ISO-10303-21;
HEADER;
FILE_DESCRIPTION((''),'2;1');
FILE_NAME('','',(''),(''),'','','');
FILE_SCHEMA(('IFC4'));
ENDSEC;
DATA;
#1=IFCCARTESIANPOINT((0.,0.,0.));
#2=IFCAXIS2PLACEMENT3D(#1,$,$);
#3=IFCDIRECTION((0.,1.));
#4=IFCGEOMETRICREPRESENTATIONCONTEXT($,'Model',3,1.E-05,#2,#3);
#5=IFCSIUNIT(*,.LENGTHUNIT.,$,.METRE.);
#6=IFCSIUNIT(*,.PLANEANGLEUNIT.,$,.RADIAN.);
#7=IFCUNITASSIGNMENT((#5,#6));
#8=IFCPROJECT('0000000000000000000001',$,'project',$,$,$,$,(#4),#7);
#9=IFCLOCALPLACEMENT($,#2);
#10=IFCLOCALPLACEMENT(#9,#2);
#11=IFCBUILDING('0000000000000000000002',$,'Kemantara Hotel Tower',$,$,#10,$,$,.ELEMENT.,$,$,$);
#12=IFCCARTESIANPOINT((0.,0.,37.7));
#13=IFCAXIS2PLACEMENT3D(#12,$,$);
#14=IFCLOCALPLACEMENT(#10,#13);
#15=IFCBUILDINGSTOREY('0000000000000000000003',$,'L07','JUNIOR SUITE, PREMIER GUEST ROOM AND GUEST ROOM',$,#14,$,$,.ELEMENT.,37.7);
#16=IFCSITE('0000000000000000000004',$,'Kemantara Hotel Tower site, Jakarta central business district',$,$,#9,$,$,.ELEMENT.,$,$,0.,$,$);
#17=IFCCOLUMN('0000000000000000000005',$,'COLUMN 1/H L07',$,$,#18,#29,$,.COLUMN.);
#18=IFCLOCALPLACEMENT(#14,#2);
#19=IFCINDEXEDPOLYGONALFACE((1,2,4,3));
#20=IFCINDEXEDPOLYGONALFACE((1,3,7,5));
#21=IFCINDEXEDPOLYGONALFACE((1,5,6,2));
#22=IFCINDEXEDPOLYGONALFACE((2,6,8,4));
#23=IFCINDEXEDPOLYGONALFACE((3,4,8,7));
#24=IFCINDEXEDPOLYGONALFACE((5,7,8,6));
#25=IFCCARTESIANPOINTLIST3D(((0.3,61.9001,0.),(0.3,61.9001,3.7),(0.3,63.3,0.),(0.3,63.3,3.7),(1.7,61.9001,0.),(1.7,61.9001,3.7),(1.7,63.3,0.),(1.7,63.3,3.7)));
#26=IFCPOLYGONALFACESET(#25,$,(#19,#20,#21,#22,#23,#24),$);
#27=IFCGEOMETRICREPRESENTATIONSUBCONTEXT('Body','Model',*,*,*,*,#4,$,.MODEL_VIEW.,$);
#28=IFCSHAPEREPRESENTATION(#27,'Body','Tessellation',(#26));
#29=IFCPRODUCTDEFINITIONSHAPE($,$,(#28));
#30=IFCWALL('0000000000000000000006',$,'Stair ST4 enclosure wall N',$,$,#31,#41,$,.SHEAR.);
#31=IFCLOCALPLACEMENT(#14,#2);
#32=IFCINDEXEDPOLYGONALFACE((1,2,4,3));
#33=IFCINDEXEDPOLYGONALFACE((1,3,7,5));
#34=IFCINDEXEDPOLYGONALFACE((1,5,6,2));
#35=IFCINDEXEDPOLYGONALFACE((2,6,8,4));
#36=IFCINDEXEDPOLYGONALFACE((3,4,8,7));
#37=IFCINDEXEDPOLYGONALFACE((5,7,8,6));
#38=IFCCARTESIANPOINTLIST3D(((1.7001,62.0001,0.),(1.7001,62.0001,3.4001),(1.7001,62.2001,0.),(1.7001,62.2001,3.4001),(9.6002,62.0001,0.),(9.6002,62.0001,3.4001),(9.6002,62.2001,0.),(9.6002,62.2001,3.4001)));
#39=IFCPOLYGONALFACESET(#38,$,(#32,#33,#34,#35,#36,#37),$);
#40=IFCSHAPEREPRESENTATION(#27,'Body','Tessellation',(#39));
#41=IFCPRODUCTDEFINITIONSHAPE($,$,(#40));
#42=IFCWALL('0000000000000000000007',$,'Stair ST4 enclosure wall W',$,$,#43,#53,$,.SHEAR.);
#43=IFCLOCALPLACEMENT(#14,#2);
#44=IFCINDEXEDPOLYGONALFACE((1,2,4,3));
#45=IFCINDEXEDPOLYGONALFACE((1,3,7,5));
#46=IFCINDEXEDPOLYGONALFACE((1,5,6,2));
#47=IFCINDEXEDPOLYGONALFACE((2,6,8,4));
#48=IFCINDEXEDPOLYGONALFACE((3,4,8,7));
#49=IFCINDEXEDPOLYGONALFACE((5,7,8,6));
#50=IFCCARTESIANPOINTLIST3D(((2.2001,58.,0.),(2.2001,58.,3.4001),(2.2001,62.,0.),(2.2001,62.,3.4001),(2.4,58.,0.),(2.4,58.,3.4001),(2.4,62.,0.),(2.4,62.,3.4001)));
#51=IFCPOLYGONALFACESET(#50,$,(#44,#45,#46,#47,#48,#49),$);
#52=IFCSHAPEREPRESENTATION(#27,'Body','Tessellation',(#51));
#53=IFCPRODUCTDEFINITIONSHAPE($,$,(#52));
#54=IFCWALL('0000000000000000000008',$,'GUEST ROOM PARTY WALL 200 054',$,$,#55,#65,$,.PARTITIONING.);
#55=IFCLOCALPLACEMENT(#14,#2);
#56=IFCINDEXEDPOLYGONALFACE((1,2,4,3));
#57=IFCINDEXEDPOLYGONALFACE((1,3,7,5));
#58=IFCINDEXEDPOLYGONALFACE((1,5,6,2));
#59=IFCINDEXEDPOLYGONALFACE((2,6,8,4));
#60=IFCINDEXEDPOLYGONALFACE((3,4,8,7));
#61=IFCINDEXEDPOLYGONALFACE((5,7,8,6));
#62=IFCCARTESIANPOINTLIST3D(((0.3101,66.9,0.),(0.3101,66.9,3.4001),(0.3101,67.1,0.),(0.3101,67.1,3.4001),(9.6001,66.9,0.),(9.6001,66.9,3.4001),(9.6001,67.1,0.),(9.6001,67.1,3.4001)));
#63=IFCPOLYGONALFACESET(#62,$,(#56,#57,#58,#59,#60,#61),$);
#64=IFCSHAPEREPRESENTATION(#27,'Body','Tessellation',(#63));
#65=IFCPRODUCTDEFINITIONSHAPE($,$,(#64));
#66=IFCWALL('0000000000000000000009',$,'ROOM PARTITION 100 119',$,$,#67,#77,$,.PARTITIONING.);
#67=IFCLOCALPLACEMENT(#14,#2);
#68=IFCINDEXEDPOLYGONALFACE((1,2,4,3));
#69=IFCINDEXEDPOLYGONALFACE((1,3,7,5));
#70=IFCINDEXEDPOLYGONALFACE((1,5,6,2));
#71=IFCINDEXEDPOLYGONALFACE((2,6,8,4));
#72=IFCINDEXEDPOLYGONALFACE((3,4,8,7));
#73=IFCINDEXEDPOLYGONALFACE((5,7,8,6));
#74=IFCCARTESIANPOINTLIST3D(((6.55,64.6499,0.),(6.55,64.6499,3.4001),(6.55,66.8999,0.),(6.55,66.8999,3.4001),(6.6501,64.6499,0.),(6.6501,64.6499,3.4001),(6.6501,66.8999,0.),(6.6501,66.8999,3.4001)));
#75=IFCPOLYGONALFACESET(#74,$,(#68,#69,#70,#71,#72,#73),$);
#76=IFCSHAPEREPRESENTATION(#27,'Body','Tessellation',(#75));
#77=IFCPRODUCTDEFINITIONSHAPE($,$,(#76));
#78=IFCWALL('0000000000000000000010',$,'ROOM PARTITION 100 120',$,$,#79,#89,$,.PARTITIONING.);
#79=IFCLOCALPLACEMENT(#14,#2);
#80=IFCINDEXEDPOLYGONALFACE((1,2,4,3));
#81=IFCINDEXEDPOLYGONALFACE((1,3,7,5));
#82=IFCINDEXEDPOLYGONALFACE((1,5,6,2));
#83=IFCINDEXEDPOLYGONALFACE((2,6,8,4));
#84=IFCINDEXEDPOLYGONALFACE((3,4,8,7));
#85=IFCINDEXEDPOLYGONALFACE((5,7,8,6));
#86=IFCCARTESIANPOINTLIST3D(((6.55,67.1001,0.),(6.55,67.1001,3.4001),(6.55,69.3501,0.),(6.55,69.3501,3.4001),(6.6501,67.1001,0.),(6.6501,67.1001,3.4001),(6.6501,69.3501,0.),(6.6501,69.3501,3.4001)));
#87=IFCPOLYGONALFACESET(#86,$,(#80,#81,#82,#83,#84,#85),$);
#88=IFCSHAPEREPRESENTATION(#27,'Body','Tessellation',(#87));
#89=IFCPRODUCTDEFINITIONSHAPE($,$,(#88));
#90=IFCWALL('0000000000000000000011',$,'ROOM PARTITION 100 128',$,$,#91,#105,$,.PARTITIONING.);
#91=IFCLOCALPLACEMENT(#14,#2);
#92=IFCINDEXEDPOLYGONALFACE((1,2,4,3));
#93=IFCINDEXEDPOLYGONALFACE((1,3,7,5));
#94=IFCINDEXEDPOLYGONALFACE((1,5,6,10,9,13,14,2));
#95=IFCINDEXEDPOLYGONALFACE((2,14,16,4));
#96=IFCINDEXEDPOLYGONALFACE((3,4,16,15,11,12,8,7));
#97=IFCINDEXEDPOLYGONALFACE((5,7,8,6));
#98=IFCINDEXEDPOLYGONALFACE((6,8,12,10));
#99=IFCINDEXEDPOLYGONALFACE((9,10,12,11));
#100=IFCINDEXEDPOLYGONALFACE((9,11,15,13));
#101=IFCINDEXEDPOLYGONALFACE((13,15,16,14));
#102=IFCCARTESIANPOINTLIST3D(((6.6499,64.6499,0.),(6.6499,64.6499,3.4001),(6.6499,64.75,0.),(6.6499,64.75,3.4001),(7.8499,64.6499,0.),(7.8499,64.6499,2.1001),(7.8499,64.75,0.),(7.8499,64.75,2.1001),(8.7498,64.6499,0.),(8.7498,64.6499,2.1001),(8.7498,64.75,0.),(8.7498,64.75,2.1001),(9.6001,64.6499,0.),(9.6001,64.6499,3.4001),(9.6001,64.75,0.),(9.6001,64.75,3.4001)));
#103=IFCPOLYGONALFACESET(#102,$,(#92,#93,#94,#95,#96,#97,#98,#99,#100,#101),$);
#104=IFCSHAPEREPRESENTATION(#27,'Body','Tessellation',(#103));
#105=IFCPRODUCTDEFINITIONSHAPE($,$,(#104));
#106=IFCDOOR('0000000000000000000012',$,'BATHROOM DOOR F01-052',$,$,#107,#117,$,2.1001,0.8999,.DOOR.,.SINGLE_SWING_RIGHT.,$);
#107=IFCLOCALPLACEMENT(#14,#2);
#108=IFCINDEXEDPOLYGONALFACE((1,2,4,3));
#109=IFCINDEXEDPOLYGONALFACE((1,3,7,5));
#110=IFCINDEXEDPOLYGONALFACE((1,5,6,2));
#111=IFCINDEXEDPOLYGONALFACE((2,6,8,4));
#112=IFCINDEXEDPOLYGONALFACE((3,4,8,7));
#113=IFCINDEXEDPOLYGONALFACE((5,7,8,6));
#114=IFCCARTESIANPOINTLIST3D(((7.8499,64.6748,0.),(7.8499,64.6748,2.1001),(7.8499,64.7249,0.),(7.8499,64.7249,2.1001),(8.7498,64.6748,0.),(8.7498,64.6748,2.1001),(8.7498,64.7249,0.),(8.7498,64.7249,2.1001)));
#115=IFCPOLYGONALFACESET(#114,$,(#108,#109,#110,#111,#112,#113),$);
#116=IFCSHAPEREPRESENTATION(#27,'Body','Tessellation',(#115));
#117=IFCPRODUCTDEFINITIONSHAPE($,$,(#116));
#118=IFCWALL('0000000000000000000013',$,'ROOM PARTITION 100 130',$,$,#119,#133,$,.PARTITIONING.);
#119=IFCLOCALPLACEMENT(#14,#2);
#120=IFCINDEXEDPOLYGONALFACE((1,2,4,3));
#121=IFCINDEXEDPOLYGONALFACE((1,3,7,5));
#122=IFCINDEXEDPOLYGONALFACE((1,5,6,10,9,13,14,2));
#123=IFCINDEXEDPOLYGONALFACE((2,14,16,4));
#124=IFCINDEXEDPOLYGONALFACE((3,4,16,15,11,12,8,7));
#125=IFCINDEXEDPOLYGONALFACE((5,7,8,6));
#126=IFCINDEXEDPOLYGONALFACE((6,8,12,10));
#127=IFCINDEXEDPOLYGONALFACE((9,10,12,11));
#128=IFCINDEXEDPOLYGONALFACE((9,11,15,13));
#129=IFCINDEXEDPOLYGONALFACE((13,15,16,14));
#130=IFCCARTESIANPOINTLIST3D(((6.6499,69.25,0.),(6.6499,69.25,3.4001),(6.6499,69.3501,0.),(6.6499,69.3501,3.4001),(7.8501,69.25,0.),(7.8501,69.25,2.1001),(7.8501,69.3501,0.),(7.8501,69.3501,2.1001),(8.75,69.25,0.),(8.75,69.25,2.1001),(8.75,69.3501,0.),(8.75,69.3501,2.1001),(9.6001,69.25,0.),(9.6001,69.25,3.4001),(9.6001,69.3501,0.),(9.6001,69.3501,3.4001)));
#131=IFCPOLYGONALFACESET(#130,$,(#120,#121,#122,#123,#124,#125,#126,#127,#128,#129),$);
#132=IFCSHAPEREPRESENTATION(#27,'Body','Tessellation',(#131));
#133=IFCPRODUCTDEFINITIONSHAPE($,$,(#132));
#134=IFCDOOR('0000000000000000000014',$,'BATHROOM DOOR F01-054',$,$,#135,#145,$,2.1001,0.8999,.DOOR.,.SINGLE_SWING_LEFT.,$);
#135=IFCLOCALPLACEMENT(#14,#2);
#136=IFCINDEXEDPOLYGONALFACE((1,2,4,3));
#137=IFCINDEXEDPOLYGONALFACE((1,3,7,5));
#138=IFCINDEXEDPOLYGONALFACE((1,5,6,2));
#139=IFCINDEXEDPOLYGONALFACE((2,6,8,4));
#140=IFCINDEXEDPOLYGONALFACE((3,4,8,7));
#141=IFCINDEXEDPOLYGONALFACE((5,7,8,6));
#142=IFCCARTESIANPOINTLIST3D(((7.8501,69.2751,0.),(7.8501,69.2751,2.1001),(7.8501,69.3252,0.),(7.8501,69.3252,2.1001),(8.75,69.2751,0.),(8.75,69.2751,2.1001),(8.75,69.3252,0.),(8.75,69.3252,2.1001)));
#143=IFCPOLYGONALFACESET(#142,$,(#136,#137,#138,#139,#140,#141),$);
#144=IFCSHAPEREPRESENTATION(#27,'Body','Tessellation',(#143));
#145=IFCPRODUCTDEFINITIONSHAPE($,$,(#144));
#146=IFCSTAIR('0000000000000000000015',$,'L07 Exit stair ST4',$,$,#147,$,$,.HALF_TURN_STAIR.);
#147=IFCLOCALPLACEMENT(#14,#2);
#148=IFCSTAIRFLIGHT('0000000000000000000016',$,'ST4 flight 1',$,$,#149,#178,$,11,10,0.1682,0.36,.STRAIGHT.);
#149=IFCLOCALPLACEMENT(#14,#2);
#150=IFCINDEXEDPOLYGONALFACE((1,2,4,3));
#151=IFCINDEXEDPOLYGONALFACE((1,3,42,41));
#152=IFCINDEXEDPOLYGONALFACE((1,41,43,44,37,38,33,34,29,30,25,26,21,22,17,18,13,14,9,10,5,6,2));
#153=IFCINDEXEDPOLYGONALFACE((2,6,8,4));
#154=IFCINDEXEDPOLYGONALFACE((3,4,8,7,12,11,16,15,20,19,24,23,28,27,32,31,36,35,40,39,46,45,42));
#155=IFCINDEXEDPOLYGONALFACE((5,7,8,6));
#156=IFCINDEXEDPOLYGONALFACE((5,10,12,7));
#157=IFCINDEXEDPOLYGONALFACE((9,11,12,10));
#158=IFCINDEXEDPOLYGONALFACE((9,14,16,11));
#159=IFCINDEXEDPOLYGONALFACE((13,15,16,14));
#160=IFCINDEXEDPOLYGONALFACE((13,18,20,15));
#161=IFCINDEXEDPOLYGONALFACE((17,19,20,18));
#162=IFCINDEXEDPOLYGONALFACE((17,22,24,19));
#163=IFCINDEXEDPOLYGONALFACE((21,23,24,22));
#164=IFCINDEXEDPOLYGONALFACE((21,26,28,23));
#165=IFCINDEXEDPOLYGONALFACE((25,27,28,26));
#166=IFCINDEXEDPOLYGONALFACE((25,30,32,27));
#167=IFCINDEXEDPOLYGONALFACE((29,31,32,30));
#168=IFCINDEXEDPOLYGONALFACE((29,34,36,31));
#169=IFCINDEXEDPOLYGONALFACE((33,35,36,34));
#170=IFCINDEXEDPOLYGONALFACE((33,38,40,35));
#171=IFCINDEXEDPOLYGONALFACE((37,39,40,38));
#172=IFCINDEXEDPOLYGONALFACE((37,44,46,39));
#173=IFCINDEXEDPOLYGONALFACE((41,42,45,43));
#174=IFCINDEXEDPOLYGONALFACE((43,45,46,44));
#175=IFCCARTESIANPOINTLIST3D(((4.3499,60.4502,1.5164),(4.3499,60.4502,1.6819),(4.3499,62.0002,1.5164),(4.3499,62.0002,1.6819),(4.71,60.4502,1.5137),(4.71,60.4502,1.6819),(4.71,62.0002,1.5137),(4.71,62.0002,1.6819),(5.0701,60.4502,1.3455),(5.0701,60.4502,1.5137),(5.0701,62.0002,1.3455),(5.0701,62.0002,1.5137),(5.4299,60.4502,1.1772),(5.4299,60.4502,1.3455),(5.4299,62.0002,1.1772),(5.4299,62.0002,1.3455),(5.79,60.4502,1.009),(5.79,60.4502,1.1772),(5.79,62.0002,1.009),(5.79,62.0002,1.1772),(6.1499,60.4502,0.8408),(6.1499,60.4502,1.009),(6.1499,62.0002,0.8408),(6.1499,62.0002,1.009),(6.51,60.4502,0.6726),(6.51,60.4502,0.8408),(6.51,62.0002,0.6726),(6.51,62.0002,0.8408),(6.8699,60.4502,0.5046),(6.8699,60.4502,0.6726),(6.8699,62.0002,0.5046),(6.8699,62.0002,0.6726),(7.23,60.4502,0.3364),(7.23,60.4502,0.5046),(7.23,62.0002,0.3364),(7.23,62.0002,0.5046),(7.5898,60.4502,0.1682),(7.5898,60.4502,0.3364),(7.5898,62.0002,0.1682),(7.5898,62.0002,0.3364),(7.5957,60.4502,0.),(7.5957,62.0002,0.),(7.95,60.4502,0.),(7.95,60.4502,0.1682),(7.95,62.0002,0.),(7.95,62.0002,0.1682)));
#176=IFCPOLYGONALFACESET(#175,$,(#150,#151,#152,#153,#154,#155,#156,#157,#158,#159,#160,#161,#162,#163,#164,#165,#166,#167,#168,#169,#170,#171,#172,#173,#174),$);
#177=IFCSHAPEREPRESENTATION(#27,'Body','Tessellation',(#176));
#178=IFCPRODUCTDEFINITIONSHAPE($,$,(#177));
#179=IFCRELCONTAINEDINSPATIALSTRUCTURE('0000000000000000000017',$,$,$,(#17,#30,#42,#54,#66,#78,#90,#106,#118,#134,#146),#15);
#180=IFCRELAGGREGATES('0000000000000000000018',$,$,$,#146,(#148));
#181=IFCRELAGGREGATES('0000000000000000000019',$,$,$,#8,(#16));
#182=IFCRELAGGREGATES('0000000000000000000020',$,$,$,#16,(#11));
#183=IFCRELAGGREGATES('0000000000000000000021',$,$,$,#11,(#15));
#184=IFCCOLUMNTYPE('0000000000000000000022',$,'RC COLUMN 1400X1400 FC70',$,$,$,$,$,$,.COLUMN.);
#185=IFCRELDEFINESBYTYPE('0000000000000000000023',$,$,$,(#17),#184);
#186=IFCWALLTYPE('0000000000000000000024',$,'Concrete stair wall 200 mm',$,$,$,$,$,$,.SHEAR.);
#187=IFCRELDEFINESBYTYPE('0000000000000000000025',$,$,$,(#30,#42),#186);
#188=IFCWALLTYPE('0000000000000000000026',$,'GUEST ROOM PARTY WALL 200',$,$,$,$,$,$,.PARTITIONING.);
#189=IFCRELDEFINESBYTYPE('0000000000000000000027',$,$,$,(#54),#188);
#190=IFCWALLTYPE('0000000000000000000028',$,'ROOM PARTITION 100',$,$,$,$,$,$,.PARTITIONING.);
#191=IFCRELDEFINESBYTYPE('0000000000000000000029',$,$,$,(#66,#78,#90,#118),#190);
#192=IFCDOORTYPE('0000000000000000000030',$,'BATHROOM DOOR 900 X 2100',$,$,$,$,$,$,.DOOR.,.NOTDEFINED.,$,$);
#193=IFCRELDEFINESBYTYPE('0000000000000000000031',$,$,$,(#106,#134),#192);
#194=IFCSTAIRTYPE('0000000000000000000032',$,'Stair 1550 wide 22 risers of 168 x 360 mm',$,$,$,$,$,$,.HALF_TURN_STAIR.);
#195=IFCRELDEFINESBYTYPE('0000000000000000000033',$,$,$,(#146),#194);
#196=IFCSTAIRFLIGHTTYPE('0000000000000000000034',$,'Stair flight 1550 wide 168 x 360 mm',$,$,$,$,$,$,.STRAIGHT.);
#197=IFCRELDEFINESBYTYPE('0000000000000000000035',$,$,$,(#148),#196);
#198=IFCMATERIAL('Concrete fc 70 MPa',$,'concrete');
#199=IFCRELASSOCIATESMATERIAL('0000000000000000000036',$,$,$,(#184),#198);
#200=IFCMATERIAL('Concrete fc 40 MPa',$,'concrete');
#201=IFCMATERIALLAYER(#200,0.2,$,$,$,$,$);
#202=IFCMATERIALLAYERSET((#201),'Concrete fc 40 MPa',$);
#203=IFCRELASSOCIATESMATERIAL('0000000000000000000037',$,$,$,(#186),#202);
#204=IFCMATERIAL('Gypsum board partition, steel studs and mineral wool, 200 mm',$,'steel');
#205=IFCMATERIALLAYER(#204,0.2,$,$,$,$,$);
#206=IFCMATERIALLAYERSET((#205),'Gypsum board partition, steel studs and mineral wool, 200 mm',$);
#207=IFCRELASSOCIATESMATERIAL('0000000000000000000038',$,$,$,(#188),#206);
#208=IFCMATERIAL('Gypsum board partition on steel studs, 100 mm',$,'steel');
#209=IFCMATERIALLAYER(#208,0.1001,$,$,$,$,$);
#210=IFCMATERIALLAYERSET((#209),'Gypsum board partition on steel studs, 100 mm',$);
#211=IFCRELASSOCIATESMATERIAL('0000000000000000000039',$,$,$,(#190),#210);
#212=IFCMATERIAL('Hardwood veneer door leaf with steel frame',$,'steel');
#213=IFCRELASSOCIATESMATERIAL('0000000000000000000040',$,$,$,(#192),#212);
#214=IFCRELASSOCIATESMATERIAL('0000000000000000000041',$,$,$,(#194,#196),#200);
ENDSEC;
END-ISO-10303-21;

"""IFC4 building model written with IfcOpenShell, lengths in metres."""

from ifc_helpers import new_model, si_unit, direction, frame, frame_2d, origin, origin_2d, place, context, subcontext, project, spatial, polyline, rectangle, outline, extrude, material, layer, layer_set, material_profile, profile_set, type_object, element, fill, aggregate, save


model = new_model("IFC4")

# Units and contexts
model_context = context("Model", 3, precision=1e-05, world=origin(), true_north=direction((0.0, 1.0)))
body_context = subcontext(model_context, "Body", "Model", "MODEL_VIEW")
ifc_project = project(units=[si_unit("LENGTHUNIT", "METRE"), si_unit("PLANEANGLEUNIT", "RADIAN")], contexts=[model_context])

# Site, building, storey
site_placement = place(None, origin())
site = spatial("IfcSite", under=ifc_project, at=site_placement, Name="Kemantara Hotel Tower site, Jakarta central business district", CompositionType="ELEMENT", RefElevation=0.0)
building_placement = place(site_placement, origin())
building = spatial("IfcBuilding", under=site, at=building_placement, Name="Kemantara Hotel Tower", CompositionType="ELEMENT")
storey_placement = place(building_placement, frame((0.0, 0.0, 37.7)))
storey = spatial("IfcBuildingStorey", under=building, at=storey_placement, Name="L07", Description="JUNIOR SUITE, PREMIER GUEST ROOM AND GUEST ROOM", CompositionType="ELEMENT", Elevation=37.7)

# Column
ifc_material_1 = material(Name="Concrete fc 70 MPa", Category="concrete")
ifc_material_profile = material_profile(ifc_material_1, rectangle(XDim=1.3999, YDim=1.3999, at=origin_2d()), Name="RC 1400X1400")
ifc_profile_set = profile_set([ifc_material_profile], Name="Concrete fc 70 MPa")
column_type = type_object("IfcColumnType", Name="RC COLUMN 1400X1400 FC70", PredefinedType="COLUMN", material=ifc_profile_set)
column_placement = place(storey_placement, frame((1.0, 62.6001, 0.0), z_axis=(0.0, 0.0, 1.0), x_axis=(1.0, 0.0, 0.0)))
element("IfcColumn", 1, at=column_placement, inside=storey, type_object=column_type, Name="COLUMN 1/H L07", PredefinedType="COLUMN", context=body_context, shape_type="SweptSolid", body=[
    extrude(rectangle(XDim=1.3999, YDim=1.3999, at=origin_2d()), origin(), (0.0, 0.0, 1.0), 3.7),
])

# Walls
ifc_material_2 = material(Name="Concrete fc 40 MPa", Category="concrete")
ifc_layer_1 = layer(ifc_material_2, 0.2)
ifc_layer_set_1 = layer_set([ifc_layer_1], Name="Concrete fc 40 MPa")
wall_type_1 = type_object("IfcWallType", Name="Concrete stair wall 200 mm", PredefinedType="SHEAR", material=ifc_layer_set_1)
wall_1_placement = place(storey_placement, frame((1.7, 62.1001, 0.0), z_axis=(0.0, 0.0, 1.0), x_axis=(1.0, 0.0, 0.0)))
element("IfcWall", 2, at=wall_1_placement, inside=storey, type_object=wall_type_1, Name="Stair ST4 enclosure wall N", PredefinedType="SHEAR", context=body_context, shape_type="SweptSolid", body=[
    extrude(rectangle(XDim=7.9001, YDim=0.2, at=frame_2d((3.9502, 0.0))), origin(), (0.0, 0.0, 1.0), 3.4001),
])
wall_2_placement = place(storey_placement, frame((2.3, 58.0, 0.0), z_axis=(0.0, 0.0, 1.0), x_axis=(0.0, 1.0, 0.0)))
element("IfcWall", 3, at=wall_2_placement, inside=storey, type_object=wall_type_1, Name="Stair ST4 enclosure wall W", PredefinedType="SHEAR", context=body_context, shape_type="SweptSolid", body=[
    extrude(rectangle(XDim=4.0, YDim=0.2, at=frame_2d((2.0, 0.0))), origin(), (0.0, 0.0, 1.0), 3.4001),
])
ifc_material_3 = material(Name="Gypsum board partition, steel studs and mineral wool, 200 mm", Category="steel")
ifc_layer_2 = layer(ifc_material_3, 0.2)
ifc_layer_set_2 = layer_set([ifc_layer_2], Name="Gypsum board partition, steel studs and mineral wool, 200 mm")
wall_type_2 = type_object("IfcWallType", Name="GUEST ROOM PARTY WALL 200", PredefinedType="PARTITIONING", material=ifc_layer_set_2)
wall_3_placement = place(storey_placement, frame((0.3101, 67.0, 0.0), z_axis=(0.0, 0.0, 1.0), x_axis=(1.0, 0.0, 0.0)))
element("IfcWall", 4, at=wall_3_placement, inside=storey, type_object=wall_type_2, Name="GUEST ROOM PARTY WALL 200 054", PredefinedType="PARTITIONING", context=body_context, shape_type="SweptSolid", body=[
    extrude(rectangle(XDim=9.29, YDim=0.2, at=frame_2d((4.645, 0.0))), origin(), (0.0, 0.0, 1.0), 3.4001),
])
ifc_material_4 = material(Name="Gypsum board partition on steel studs, 100 mm", Category="steel")
ifc_layer_3 = layer(ifc_material_4, 0.1001)
ifc_layer_set_3 = layer_set([ifc_layer_3], Name="Gypsum board partition on steel studs, 100 mm")
wall_type_3 = type_object("IfcWallType", Name="ROOM PARTITION 100", PredefinedType="PARTITIONING", material=ifc_layer_set_3)
for number, where, z_axis, x_axis, name in (
    (5, (6.6001, 64.6499, 0.0), (0.0, 0.0, 1.0), (0.0, 1.0, 0.0), "ROOM PARTITION 100 119"),
    (6, (6.6001, 67.1001, 0.0), (0.0, 0.0, 1.0), (0.0, 1.0, 0.0), "ROOM PARTITION 100 120"),
):
    element("IfcWall", number, at=place(storey_placement, frame(where, z_axis=z_axis, x_axis=x_axis)), inside=storey, type_object=wall_type_3, Name=name, PredefinedType="PARTITIONING", context=body_context, shape_type="SweptSolid", body=[
        extrude(rectangle(XDim=2.25, YDim=0.1001, at=frame_2d((1.125, 0.0))), origin(), (0.0, 0.0, 1.0), 3.4001),
    ])

# Walls, openings, doors
wall_4_placement = place(storey_placement, frame((6.6499, 64.7, 0.0), z_axis=(0.0, 0.0, 1.0), x_axis=(1.0, 0.0, 0.0)))
wall_4 = element("IfcWall", 7, at=wall_4_placement, inside=storey, type_object=wall_type_3, Name="ROOM PARTITION 100 128", PredefinedType="PARTITIONING", context=body_context, shape_type="SweptSolid", body=[
    extrude(rectangle(XDim=2.9502, YDim=0.1001, at=frame_2d((1.4751, 0.0))), origin(), (0.0, 0.0, 1.0), 3.4001),
])
opening_1_placement = place(wall_4_placement, frame((1.2, 0.0, 0.0)))
opening_1 = element("IfcOpeningElement", 8, at=opening_1_placement, cuts=wall_4, PredefinedType="OPENING", context=body_context, shape_type="SweptSolid", body=[
    extrude(rectangle(XDim=0.8999, YDim=2.1001, at=frame_2d((0.45, 1.05))), frame((0.0, 0.0601, 0.0), z_axis=(0.0, -1.0, 0.0), x_axis=(1.0, 0.0, 0.0)), (0.0, 0.0, 1.0), 0.1201),
])
ifc_material_5 = material(Name="Hardwood veneer door leaf with steel frame", Category="steel")
door_type = type_object("IfcDoorType", Name="BATHROOM DOOR 900 X 2100", OperationType="NOTDEFINED", PredefinedType="DOOR", material=ifc_material_5)
door_1_placement = place(opening_1_placement, origin())
door_1 = element("IfcDoor", 9, at=door_1_placement, inside=storey, type_object=door_type, Name="BATHROOM DOOR F01-052", OperationType="SINGLE_SWING_RIGHT", OverallHeight=2.1001, OverallWidth=0.8999, PredefinedType="DOOR", context=body_context, shape_type="SweptSolid", body=[
    extrude(rectangle(XDim=0.8999, YDim=2.1001, at=frame_2d((0.45, 1.05))), frame((0.0, 0.0249, 0.0), z_axis=(0.0, -1.0, 0.0), x_axis=(1.0, 0.0, 0.0)), (0.0, 0.0, 1.0), 0.05),
])
fill(opening_1, door_1)
wall_5_placement = place(storey_placement, frame((9.6001, 69.3, 0.0), z_axis=(0.0, 0.0, 1.0), x_axis=(-1.0, 0.0, 0.0)))
wall_5 = element("IfcWall", 10, at=wall_5_placement, inside=storey, type_object=wall_type_3, Name="ROOM PARTITION 100 130", PredefinedType="PARTITIONING", context=body_context, shape_type="SweptSolid", body=[
    extrude(rectangle(XDim=2.9502, YDim=0.1001, at=frame_2d((1.4751, 0.0))), origin(), (0.0, 0.0, 1.0), 3.4001),
])
opening_2_placement = place(wall_5_placement, frame((0.8501, 0.0, 0.0)))
opening_2 = element("IfcOpeningElement", 11, at=opening_2_placement, cuts=wall_5, PredefinedType="OPENING", context=body_context, shape_type="SweptSolid", body=[
    extrude(rectangle(XDim=0.8999, YDim=2.1001, at=frame_2d((0.45, 1.05))), frame((0.0, 0.0601, 0.0), z_axis=(0.0, -1.0, 0.0), x_axis=(1.0, 0.0, 0.0)), (0.0, 0.0, 1.0), 0.1201),
])
door_2_placement = place(opening_2_placement, origin())
door_2 = element("IfcDoor", 12, at=door_2_placement, inside=storey, type_object=door_type, Name="BATHROOM DOOR F01-054", OperationType="SINGLE_SWING_LEFT", OverallHeight=2.1001, OverallWidth=0.8999, PredefinedType="DOOR", context=body_context, shape_type="SweptSolid", body=[
    extrude(rectangle(XDim=0.8999, YDim=2.1001, at=frame_2d((0.45, 1.05))), frame((0.0, 0.0249, 0.0), z_axis=(0.0, -1.0, 0.0), x_axis=(1.0, 0.0, 0.0)), (0.0, 0.0, 1.0), 0.05),
])
fill(opening_2, door_2)

# Stair, stair flight
stair_type = type_object("IfcStairType", Name="Stair 1550 wide 22 risers of 168 x 360 mm", PredefinedType="HALF_TURN_STAIR", material=ifc_material_2)
stair_placement = place(storey_placement, origin())
stair = element("IfcStair", 13, at=stair_placement, inside=storey, type_object=stair_type, Name="L07 Exit stair ST4", PredefinedType="HALF_TURN_STAIR")
stair_flight_type = type_object("IfcStairFlightType", Name="Stair flight 1550 wide 168 x 360 mm", PredefinedType="STRAIGHT", material=ifc_material_2)
stair_flight_1_placement = place(storey_placement, frame((7.95, 61.2251, 0.0), z_axis=(0.0, 0.0, 1.0), x_axis=(-1.0, 0.0, 0.0)))
stair_flight_1 = element("IfcStairFlight", 14, at=stair_flight_1_placement, type_object=stair_flight_type, Name="ST4 flight 1", NumberOfRisers=11, NumberOfTreads=10, PredefinedType="STRAIGHT", RiserHeight=0.1682, TreadLength=0.36, context=body_context, shape_type="SweptSolid", body=[
    extrude(outline(polyline([(0.0, 0.0), (0.0, 0.1682), (0.3601, 0.1682), (0.3601, 0.3364), (0.72, 0.3364), (0.72, 0.5046), (1.0801, 0.5046), (1.0801, 0.6726), (1.4399, 0.6726), (1.4399, 0.8408), (1.8, 0.8408), (1.8, 1.009), (2.1599, 1.009), (2.1599, 1.1772), (2.52, 1.1772), (2.52, 1.3455), (2.8799, 1.3455), (2.8799, 1.5137), (3.24, 1.5137), (3.24, 1.6819), (3.6001, 1.6819), (3.6001, 1.8501), (3.6001, 1.5164), (0.3542, 0.0), (0.0, 0.0)])), frame((0.0, 0.7749, 0.0), z_axis=(0.0, -1.0, 0.0), x_axis=(1.0, 0.0, 0.0)), (0.0, 0.0, 1.0), 1.55),
])
aggregate(stair, [stair_flight_1])

save(model, "model.ifc")
